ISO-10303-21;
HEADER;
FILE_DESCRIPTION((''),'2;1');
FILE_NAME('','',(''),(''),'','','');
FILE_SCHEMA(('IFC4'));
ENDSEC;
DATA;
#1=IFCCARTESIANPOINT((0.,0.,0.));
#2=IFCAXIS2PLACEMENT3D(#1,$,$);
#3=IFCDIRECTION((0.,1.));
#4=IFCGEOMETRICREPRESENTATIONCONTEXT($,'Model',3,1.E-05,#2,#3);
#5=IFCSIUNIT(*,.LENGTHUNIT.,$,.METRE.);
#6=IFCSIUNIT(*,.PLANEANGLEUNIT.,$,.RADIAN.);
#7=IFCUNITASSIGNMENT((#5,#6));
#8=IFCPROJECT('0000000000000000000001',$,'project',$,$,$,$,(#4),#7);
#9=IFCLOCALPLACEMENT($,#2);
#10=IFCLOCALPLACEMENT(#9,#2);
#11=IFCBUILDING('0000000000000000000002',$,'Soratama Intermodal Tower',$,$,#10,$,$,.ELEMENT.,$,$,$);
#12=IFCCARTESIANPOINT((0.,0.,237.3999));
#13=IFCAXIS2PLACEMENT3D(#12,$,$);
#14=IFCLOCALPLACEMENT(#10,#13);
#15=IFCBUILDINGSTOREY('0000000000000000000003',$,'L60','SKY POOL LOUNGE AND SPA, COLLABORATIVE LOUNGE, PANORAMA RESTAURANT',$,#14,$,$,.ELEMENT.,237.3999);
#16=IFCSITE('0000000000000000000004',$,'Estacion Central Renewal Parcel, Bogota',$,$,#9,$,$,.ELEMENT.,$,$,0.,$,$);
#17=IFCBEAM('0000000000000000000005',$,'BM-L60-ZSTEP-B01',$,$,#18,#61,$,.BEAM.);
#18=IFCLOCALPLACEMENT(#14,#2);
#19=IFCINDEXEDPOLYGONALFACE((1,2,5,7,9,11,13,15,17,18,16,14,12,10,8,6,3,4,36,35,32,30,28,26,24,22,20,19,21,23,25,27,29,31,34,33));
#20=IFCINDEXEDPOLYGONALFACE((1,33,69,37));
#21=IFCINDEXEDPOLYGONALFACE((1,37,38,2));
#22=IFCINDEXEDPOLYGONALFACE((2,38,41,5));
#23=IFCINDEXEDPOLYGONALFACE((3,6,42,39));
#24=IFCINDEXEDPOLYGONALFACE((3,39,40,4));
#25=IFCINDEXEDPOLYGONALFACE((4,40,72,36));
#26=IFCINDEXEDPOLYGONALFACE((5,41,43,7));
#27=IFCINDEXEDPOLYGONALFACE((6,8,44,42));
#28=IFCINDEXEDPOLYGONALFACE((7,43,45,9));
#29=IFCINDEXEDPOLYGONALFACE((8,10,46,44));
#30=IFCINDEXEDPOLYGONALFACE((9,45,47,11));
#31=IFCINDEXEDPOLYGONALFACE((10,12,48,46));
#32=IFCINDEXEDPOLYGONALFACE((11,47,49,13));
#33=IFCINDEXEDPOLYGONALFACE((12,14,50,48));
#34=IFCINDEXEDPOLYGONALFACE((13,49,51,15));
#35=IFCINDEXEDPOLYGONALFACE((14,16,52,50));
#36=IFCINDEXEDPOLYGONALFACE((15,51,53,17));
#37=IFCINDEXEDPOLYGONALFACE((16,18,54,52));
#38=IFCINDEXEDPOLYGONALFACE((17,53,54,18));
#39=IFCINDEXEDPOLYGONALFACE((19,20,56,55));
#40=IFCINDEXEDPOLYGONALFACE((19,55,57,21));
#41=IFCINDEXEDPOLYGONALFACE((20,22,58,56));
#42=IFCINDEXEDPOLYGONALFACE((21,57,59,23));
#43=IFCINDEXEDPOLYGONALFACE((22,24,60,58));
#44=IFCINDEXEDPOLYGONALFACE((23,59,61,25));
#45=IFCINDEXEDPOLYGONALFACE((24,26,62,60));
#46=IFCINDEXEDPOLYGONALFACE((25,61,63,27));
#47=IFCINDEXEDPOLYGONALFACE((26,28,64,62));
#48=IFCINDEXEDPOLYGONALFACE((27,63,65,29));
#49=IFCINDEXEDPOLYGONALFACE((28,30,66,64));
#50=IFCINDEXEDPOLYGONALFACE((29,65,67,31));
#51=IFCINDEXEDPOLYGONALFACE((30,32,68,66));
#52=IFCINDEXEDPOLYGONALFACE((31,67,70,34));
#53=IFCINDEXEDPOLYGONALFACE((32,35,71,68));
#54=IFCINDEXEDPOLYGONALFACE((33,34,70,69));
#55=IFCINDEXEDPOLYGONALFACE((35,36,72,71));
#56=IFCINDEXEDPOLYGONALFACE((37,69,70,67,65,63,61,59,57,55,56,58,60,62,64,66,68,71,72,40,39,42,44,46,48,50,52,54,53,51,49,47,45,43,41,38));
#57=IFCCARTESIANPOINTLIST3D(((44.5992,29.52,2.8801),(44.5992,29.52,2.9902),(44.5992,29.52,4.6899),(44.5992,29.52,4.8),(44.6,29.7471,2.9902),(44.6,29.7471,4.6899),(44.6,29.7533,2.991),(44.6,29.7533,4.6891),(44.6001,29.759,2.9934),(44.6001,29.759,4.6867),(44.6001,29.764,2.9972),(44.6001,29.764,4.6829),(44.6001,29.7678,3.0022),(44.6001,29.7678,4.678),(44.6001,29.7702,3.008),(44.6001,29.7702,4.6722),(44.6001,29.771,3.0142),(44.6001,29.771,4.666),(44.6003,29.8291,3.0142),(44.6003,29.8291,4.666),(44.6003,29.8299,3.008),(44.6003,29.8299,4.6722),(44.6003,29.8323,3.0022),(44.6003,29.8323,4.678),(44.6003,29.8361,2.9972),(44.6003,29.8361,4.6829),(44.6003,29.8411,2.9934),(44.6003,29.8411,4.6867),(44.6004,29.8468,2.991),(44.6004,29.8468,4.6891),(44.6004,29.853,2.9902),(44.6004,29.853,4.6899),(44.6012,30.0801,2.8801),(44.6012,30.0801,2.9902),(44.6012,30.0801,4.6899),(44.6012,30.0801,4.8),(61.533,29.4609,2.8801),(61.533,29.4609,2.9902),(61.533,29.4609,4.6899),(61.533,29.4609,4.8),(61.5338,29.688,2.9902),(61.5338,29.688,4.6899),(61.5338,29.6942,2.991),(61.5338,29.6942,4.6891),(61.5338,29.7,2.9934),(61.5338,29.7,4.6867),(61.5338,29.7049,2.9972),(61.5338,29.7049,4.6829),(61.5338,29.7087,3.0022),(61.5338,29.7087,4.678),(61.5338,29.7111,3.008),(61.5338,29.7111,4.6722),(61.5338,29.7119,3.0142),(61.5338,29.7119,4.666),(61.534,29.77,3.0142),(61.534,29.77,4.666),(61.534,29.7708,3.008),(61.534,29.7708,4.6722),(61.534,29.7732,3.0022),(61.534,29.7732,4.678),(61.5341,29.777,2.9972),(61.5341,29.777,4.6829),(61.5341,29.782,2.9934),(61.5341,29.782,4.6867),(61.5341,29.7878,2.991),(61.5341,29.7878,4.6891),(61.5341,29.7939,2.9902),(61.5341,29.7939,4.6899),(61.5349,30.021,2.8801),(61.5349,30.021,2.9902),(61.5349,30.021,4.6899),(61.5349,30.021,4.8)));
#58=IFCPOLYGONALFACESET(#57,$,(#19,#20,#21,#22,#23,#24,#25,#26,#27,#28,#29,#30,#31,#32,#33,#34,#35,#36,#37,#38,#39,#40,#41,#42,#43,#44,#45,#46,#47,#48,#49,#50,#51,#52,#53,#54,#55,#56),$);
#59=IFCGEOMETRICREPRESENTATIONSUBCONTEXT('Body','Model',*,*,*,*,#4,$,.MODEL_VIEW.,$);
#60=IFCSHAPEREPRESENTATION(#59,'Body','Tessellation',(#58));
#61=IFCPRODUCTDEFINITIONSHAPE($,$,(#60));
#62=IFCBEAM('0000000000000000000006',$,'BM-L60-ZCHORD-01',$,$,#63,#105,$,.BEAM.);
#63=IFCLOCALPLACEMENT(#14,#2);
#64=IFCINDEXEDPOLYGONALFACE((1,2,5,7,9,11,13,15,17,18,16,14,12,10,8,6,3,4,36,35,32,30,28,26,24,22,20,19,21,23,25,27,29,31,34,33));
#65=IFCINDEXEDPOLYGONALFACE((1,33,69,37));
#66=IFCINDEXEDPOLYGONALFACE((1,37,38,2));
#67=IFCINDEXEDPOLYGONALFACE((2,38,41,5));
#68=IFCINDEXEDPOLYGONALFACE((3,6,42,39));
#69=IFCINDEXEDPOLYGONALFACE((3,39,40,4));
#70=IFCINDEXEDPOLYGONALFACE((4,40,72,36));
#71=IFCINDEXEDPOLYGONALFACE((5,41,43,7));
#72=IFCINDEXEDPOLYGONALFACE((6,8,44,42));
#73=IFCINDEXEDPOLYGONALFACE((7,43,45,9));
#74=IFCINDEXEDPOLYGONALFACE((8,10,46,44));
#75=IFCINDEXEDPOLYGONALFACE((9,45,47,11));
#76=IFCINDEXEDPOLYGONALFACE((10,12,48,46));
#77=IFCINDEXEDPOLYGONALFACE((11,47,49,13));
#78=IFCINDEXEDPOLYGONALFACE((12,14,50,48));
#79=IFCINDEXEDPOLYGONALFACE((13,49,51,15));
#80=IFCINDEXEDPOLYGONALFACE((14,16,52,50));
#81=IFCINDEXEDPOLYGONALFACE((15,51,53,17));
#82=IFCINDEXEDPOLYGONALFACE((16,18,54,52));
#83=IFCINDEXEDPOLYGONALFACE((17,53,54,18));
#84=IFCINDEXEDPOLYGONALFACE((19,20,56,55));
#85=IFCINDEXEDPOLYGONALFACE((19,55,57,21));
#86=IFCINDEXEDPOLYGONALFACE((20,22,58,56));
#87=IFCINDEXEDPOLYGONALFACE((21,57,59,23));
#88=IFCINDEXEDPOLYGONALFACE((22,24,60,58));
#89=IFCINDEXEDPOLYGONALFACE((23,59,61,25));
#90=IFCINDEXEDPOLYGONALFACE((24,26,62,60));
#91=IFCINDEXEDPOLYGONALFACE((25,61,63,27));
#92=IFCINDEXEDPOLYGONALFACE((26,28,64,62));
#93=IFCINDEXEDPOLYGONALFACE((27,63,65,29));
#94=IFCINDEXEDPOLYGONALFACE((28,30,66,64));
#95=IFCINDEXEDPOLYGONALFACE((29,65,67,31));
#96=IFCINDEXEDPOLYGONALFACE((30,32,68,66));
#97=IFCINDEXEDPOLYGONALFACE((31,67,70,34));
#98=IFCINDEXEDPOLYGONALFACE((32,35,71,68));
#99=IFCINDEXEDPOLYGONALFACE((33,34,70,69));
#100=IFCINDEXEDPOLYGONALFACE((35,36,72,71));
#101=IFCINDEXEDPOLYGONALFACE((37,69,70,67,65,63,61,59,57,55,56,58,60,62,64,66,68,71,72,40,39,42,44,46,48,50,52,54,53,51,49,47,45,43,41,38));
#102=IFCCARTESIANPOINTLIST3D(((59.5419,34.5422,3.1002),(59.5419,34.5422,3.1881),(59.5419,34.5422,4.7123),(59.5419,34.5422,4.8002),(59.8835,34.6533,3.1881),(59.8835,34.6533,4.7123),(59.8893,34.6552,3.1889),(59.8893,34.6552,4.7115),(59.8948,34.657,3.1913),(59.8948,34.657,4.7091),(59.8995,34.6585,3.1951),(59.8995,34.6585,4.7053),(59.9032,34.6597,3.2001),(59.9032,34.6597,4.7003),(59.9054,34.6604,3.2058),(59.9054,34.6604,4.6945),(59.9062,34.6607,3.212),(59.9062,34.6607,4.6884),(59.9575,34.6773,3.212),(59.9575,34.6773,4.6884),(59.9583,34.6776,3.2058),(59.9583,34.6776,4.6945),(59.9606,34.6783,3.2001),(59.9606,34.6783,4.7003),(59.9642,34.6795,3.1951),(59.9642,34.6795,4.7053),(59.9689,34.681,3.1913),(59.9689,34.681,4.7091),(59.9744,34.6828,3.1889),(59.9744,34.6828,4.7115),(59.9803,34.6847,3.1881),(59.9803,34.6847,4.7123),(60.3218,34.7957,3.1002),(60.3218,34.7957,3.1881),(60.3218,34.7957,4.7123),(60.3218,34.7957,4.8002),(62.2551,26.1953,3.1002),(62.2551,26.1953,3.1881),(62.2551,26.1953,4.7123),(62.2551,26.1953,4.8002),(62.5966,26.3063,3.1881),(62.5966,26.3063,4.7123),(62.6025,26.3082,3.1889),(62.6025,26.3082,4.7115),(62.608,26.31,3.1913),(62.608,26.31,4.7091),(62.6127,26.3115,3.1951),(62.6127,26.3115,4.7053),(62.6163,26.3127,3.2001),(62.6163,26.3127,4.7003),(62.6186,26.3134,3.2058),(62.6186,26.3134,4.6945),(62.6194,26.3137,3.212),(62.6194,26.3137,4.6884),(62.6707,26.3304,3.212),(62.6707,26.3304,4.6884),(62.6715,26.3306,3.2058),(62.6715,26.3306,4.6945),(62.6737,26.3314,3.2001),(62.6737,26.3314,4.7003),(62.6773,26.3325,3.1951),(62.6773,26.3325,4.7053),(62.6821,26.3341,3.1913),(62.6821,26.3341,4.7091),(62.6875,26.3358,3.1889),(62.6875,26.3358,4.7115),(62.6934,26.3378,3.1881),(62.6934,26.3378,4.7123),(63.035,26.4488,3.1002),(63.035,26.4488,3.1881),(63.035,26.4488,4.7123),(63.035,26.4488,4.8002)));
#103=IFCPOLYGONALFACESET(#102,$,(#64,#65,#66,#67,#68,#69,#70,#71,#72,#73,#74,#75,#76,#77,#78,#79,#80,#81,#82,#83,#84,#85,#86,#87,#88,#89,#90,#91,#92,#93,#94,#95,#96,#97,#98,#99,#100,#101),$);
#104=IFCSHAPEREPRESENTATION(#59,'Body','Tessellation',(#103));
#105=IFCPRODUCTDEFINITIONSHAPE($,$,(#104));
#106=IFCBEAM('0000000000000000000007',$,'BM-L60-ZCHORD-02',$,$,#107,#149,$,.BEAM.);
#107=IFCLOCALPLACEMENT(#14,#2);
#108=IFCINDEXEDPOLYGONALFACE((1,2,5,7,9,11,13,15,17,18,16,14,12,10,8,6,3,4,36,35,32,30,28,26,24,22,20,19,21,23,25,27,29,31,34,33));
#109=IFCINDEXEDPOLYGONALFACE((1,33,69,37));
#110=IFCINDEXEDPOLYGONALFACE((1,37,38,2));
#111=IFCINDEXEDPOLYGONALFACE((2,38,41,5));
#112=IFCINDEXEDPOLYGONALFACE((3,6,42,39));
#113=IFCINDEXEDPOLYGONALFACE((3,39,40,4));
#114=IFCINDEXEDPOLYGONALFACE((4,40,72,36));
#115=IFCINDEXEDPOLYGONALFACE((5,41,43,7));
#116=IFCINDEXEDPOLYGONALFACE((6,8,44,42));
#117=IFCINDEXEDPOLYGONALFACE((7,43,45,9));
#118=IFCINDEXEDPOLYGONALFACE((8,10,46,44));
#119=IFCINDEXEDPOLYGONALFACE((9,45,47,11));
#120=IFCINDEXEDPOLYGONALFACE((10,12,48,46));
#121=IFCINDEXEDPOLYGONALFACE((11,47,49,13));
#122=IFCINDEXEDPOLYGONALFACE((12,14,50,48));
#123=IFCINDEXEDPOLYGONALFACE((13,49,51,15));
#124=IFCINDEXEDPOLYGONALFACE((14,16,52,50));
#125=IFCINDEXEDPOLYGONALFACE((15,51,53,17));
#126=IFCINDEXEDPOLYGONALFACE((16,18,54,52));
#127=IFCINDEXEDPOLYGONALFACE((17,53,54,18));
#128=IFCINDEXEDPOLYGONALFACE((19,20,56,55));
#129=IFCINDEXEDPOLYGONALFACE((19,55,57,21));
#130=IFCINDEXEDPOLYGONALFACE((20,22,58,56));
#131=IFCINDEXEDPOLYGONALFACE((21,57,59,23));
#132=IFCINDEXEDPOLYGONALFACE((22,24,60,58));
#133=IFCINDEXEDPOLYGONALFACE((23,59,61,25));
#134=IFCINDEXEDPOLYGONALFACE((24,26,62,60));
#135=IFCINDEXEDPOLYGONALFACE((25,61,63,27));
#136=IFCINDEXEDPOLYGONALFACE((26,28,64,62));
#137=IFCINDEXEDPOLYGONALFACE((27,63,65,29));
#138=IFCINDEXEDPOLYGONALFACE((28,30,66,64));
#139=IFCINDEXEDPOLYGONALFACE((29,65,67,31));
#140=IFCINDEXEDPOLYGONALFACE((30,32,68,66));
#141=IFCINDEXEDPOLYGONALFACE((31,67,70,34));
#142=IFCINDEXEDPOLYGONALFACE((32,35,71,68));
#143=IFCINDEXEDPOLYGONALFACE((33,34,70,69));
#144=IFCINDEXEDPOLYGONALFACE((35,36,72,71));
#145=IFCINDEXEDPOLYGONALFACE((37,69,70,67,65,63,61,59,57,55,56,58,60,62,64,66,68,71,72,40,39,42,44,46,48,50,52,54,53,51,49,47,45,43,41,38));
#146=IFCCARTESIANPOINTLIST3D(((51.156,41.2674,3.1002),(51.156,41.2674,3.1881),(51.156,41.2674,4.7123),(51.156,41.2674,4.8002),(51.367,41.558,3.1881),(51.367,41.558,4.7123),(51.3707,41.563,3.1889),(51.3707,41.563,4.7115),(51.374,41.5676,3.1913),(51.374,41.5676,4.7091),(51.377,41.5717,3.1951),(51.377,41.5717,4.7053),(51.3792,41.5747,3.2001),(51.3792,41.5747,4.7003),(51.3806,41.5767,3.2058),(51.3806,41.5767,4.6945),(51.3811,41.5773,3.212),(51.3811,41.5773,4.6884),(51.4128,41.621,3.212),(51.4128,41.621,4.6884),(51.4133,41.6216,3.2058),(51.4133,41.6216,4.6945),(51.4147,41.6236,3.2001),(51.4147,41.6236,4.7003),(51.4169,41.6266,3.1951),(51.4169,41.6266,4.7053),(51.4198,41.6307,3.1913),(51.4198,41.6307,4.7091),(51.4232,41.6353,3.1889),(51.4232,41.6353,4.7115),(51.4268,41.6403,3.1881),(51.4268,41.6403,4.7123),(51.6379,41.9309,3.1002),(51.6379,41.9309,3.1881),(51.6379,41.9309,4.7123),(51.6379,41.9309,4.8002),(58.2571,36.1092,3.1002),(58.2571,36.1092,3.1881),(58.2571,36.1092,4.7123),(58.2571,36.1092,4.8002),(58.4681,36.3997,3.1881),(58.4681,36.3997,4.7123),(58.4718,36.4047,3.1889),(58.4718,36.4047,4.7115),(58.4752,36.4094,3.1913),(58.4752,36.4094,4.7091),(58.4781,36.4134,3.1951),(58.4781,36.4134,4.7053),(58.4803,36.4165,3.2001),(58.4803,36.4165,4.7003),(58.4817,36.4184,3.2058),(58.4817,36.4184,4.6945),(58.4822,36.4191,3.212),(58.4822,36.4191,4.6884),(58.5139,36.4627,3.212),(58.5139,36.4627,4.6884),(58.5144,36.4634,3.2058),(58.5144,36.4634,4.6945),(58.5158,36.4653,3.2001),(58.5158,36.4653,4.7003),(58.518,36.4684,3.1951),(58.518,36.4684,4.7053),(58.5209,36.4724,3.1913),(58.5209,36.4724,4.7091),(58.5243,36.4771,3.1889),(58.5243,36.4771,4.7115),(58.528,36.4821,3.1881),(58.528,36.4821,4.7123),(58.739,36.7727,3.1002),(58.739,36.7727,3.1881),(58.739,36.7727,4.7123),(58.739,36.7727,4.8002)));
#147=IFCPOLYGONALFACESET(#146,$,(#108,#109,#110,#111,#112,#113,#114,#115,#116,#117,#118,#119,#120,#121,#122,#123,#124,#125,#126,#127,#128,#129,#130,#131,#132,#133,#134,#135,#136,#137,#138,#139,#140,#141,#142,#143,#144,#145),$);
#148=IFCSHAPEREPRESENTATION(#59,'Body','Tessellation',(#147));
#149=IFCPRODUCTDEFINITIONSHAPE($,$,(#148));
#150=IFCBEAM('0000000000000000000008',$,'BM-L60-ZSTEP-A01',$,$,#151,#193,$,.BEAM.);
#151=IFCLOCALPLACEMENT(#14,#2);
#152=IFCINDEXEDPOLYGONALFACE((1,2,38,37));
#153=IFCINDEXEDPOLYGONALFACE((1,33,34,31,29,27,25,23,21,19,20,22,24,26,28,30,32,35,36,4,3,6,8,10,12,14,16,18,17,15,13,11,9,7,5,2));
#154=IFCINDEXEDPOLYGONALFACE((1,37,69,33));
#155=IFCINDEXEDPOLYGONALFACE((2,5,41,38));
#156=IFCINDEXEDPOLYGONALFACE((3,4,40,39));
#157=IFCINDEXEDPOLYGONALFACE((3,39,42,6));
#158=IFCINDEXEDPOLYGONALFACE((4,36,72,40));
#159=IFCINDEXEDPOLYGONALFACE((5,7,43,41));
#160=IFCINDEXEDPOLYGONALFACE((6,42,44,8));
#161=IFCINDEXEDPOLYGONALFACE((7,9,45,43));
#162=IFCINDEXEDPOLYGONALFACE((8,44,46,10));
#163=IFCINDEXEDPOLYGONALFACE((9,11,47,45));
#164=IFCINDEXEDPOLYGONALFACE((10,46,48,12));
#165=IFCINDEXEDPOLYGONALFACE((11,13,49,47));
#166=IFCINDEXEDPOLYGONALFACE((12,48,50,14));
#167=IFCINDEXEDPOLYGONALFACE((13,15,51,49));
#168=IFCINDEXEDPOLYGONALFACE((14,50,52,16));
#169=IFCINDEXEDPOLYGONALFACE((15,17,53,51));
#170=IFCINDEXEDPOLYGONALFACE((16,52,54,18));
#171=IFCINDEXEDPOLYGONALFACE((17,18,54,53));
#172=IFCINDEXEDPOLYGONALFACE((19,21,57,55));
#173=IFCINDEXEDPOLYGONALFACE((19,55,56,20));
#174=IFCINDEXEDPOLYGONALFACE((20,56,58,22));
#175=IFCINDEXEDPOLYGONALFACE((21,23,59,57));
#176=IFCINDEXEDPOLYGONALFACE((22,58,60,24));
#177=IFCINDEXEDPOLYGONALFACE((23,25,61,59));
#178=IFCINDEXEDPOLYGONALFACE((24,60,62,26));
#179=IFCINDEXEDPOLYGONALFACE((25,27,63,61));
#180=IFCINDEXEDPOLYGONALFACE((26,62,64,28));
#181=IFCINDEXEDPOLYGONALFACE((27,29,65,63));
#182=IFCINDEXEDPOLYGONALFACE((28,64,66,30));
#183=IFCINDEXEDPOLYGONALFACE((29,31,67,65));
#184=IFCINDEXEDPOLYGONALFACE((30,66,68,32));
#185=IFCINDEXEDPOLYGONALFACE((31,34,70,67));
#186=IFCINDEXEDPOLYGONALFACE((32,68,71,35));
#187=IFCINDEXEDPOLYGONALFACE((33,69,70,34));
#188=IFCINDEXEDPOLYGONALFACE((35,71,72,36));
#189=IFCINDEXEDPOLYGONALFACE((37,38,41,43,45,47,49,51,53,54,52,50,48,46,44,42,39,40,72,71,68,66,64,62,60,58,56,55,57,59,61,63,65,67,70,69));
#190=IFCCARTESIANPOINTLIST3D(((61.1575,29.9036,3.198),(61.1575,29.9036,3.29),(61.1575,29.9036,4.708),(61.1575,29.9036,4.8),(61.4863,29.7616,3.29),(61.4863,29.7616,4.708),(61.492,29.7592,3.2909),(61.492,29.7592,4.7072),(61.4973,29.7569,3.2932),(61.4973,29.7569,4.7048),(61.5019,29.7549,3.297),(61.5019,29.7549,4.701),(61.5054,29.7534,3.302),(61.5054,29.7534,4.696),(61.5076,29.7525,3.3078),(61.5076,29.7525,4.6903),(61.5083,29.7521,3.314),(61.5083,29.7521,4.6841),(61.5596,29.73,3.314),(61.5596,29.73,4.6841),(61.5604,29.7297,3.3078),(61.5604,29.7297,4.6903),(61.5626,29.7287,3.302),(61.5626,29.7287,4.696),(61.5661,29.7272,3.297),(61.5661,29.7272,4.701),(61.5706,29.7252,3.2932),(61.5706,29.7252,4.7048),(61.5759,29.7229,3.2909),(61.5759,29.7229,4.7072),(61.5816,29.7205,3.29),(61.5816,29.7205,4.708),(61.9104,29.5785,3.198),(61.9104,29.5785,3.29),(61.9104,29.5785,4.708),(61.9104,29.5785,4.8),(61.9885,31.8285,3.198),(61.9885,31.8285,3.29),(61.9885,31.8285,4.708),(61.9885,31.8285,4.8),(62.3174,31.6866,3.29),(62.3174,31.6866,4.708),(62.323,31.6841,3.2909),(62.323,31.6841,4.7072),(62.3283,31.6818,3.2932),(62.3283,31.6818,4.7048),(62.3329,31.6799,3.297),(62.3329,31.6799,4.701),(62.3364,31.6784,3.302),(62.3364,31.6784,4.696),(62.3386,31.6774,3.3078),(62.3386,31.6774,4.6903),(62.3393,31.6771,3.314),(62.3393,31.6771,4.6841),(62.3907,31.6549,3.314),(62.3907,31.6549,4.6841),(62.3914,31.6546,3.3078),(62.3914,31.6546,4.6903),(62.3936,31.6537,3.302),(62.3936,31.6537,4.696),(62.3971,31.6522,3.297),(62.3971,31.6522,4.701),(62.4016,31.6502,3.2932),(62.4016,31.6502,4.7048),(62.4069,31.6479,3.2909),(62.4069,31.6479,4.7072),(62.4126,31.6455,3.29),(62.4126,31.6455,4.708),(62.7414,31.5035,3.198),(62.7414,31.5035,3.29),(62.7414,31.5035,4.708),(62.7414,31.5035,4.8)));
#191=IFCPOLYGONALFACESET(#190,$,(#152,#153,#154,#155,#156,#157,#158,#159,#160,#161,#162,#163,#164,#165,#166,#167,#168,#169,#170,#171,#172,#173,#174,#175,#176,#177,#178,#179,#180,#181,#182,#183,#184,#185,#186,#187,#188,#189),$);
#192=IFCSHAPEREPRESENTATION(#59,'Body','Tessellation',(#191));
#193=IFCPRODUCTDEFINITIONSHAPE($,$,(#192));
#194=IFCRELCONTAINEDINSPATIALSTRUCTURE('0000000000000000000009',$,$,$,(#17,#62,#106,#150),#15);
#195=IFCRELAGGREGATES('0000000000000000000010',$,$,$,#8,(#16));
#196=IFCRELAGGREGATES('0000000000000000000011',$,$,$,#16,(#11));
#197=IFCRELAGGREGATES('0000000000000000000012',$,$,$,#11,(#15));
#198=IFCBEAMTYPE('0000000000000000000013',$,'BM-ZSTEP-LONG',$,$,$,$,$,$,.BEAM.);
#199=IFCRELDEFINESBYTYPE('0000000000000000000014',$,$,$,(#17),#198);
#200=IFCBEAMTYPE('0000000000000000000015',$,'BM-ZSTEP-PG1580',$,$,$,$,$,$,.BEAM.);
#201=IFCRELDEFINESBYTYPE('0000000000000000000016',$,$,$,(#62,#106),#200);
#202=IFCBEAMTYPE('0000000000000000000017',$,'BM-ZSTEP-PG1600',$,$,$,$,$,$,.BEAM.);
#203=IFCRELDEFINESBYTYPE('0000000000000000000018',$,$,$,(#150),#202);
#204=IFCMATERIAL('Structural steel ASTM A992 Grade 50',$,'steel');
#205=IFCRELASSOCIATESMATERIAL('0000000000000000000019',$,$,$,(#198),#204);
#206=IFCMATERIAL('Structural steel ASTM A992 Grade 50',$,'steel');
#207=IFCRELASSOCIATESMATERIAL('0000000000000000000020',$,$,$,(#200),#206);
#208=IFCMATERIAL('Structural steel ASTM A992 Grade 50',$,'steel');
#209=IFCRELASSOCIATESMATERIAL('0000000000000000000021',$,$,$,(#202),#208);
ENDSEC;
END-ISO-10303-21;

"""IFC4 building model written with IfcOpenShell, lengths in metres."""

from ifc_helpers import new_model, si_unit, direction, frame, origin, origin_2d, place, context, subcontext, project, spatial, i_section, extrude, material, material_profile, profile_set, type_object, element, save


model = new_model("IFC4")

# Units and contexts
model_context = context("Model", 3, precision=1e-05, world=origin(), true_north=direction((0.0, 1.0)))
body_context = subcontext(model_context, "Body", "Model", "MODEL_VIEW")
ifc_project = project(units=[si_unit("LENGTHUNIT", "METRE"), si_unit("PLANEANGLEUNIT", "RADIAN")], contexts=[model_context])

# Site, building, storey
site_placement = place(None, origin())
site = spatial("IfcSite", under=ifc_project, at=site_placement, Name="Estacion Central Renewal Parcel, Bogota", CompositionType="ELEMENT", RefElevation=0.0)
building_placement = place(site_placement, origin())
building = spatial("IfcBuilding", under=site, at=building_placement, Name="Soratama Intermodal Tower", CompositionType="ELEMENT")
storey_placement = place(building_placement, frame((0.0, 0.0, 237.3999)))
storey = spatial("IfcBuildingStorey", under=building, at=storey_placement, Name="L60", Description="SKY POOL LOUNGE AND SPA, COLLABORATIVE LOUNGE, PANORAMA RESTAURANT", CompositionType="ELEMENT", Elevation=237.3999)

# Beams
ifc_material_1 = material(Name="Structural steel ASTM A992 Grade 50", Category="steel")
ifc_material_profile_1 = material_profile(ifc_material_1, i_section(OverallWidth=0.5601, OverallDepth=1.9199, WebThickness=0.0581, FlangeThickness=0.1101, FilletRadius=0.0239, at=origin_2d()), Name="PG2150X720")
ifc_profile_set_1 = profile_set([ifc_material_profile_1], Name="Structural steel ASTM A992 Grade 50")
beam_type_1 = type_object("IfcBeamType", Name="BM-ZSTEP-LONG", PredefinedType="BEAM", material=ifc_profile_set_1)
beam_1_placement = place(storey_placement, frame((61.5339, 29.741, 3.8401), z_axis=(-0.999994, 0.003489, 0.0), x_axis=(-0.003489, -0.999994, 0.0)))
element("IfcBeam", 1, at=beam_1_placement, inside=storey, type_object=beam_type_1, Name="BM-L60-ZSTEP-B01", PredefinedType="BEAM", context=body_context, shape_type="SweptSolid", body=[
    extrude(i_section(OverallWidth=0.5601, OverallDepth=1.9199, WebThickness=0.0581, FlangeThickness=0.1101, FilletRadius=0.0239, at=origin_2d()), origin(), (0.0, 0.0, 1.0), 16.9338),
])
ifc_material_2 = material(Name="Structural steel ASTM A992 Grade 50", Category="steel")
ifc_material_profile_2 = material_profile(ifc_material_2, i_section(OverallWidth=0.8201, OverallDepth=1.7, WebThickness=0.054, FlangeThickness=0.0879, FilletRadius=0.0239, at=origin_2d()), Name="PG1580X800")
ifc_profile_set_2 = profile_set([ifc_material_profile_2], Name="Structural steel ASTM A992 Grade 50")
beam_type_2 = type_object("IfcBeamType", Name="BM-ZSTEP-PG1580", PredefinedType="BEAM", material=ifc_profile_set_2)
for number, where, z_axis, x_axis, name in (
    (2, (62.645, 26.322, 3.9502), (-0.309126, 0.951021, 0.0), (-0.951021, -0.309126, 0.0), "BM-L60-ZCHORD-01"),
    (3, (58.498, 36.4409, 3.9502), (-0.809073, 0.587708, 0.0), (-0.587708, -0.809073, 0.0), "BM-L60-ZCHORD-02"),
):
    element("IfcBeam", number, at=place(storey_placement, frame(where, z_axis=z_axis, x_axis=x_axis)), inside=storey, type_object=beam_type_2, Name=name, PredefinedType="BEAM", context=body_context, shape_type="SweptSolid", body=[
        extrude(i_section(OverallWidth=0.8201, OverallDepth=1.7, WebThickness=0.054, FlangeThickness=0.0879, FilletRadius=0.0239, at=origin_2d()), origin(), (0.0, 0.0, 1.0), 8.7769),
    ])
ifc_material_3 = material(Name="Structural steel ASTM A992 Grade 50", Category="steel")
ifc_material_profile_3 = material_profile(ifc_material_3, i_section(OverallWidth=0.8201, OverallDepth=1.6021, WebThickness=0.0559, FlangeThickness=0.092, FilletRadius=0.0239, at=origin_2d()), Name="PG1600X650")
ifc_profile_set_3 = profile_set([ifc_material_profile_3], Name="Structural steel ASTM A992 Grade 50")
beam_type_3 = type_object("IfcBeamType", Name="BM-ZSTEP-PG1600", PredefinedType="BEAM", material=ifc_profile_set_3)
beam_2_placement = place(storey_placement, frame((62.365, 31.666, 3.999), z_axis=(-0.396349, -0.9181, 0.0), x_axis=(0.9181, -0.396349, 0.0)))
element("IfcBeam", 4, at=beam_2_placement, inside=storey, type_object=beam_type_3, Name="BM-L60-ZSTEP-A01", PredefinedType="BEAM", context=body_context, shape_type="SweptSolid", body=[
    extrude(i_section(OverallWidth=0.8201, OverallDepth=1.6021, WebThickness=0.0559, FlangeThickness=0.092, FilletRadius=0.0239, at=origin_2d()), origin(), (0.0, 0.0, 1.0), 2.0967),
])

save(model, "model.ifc")
